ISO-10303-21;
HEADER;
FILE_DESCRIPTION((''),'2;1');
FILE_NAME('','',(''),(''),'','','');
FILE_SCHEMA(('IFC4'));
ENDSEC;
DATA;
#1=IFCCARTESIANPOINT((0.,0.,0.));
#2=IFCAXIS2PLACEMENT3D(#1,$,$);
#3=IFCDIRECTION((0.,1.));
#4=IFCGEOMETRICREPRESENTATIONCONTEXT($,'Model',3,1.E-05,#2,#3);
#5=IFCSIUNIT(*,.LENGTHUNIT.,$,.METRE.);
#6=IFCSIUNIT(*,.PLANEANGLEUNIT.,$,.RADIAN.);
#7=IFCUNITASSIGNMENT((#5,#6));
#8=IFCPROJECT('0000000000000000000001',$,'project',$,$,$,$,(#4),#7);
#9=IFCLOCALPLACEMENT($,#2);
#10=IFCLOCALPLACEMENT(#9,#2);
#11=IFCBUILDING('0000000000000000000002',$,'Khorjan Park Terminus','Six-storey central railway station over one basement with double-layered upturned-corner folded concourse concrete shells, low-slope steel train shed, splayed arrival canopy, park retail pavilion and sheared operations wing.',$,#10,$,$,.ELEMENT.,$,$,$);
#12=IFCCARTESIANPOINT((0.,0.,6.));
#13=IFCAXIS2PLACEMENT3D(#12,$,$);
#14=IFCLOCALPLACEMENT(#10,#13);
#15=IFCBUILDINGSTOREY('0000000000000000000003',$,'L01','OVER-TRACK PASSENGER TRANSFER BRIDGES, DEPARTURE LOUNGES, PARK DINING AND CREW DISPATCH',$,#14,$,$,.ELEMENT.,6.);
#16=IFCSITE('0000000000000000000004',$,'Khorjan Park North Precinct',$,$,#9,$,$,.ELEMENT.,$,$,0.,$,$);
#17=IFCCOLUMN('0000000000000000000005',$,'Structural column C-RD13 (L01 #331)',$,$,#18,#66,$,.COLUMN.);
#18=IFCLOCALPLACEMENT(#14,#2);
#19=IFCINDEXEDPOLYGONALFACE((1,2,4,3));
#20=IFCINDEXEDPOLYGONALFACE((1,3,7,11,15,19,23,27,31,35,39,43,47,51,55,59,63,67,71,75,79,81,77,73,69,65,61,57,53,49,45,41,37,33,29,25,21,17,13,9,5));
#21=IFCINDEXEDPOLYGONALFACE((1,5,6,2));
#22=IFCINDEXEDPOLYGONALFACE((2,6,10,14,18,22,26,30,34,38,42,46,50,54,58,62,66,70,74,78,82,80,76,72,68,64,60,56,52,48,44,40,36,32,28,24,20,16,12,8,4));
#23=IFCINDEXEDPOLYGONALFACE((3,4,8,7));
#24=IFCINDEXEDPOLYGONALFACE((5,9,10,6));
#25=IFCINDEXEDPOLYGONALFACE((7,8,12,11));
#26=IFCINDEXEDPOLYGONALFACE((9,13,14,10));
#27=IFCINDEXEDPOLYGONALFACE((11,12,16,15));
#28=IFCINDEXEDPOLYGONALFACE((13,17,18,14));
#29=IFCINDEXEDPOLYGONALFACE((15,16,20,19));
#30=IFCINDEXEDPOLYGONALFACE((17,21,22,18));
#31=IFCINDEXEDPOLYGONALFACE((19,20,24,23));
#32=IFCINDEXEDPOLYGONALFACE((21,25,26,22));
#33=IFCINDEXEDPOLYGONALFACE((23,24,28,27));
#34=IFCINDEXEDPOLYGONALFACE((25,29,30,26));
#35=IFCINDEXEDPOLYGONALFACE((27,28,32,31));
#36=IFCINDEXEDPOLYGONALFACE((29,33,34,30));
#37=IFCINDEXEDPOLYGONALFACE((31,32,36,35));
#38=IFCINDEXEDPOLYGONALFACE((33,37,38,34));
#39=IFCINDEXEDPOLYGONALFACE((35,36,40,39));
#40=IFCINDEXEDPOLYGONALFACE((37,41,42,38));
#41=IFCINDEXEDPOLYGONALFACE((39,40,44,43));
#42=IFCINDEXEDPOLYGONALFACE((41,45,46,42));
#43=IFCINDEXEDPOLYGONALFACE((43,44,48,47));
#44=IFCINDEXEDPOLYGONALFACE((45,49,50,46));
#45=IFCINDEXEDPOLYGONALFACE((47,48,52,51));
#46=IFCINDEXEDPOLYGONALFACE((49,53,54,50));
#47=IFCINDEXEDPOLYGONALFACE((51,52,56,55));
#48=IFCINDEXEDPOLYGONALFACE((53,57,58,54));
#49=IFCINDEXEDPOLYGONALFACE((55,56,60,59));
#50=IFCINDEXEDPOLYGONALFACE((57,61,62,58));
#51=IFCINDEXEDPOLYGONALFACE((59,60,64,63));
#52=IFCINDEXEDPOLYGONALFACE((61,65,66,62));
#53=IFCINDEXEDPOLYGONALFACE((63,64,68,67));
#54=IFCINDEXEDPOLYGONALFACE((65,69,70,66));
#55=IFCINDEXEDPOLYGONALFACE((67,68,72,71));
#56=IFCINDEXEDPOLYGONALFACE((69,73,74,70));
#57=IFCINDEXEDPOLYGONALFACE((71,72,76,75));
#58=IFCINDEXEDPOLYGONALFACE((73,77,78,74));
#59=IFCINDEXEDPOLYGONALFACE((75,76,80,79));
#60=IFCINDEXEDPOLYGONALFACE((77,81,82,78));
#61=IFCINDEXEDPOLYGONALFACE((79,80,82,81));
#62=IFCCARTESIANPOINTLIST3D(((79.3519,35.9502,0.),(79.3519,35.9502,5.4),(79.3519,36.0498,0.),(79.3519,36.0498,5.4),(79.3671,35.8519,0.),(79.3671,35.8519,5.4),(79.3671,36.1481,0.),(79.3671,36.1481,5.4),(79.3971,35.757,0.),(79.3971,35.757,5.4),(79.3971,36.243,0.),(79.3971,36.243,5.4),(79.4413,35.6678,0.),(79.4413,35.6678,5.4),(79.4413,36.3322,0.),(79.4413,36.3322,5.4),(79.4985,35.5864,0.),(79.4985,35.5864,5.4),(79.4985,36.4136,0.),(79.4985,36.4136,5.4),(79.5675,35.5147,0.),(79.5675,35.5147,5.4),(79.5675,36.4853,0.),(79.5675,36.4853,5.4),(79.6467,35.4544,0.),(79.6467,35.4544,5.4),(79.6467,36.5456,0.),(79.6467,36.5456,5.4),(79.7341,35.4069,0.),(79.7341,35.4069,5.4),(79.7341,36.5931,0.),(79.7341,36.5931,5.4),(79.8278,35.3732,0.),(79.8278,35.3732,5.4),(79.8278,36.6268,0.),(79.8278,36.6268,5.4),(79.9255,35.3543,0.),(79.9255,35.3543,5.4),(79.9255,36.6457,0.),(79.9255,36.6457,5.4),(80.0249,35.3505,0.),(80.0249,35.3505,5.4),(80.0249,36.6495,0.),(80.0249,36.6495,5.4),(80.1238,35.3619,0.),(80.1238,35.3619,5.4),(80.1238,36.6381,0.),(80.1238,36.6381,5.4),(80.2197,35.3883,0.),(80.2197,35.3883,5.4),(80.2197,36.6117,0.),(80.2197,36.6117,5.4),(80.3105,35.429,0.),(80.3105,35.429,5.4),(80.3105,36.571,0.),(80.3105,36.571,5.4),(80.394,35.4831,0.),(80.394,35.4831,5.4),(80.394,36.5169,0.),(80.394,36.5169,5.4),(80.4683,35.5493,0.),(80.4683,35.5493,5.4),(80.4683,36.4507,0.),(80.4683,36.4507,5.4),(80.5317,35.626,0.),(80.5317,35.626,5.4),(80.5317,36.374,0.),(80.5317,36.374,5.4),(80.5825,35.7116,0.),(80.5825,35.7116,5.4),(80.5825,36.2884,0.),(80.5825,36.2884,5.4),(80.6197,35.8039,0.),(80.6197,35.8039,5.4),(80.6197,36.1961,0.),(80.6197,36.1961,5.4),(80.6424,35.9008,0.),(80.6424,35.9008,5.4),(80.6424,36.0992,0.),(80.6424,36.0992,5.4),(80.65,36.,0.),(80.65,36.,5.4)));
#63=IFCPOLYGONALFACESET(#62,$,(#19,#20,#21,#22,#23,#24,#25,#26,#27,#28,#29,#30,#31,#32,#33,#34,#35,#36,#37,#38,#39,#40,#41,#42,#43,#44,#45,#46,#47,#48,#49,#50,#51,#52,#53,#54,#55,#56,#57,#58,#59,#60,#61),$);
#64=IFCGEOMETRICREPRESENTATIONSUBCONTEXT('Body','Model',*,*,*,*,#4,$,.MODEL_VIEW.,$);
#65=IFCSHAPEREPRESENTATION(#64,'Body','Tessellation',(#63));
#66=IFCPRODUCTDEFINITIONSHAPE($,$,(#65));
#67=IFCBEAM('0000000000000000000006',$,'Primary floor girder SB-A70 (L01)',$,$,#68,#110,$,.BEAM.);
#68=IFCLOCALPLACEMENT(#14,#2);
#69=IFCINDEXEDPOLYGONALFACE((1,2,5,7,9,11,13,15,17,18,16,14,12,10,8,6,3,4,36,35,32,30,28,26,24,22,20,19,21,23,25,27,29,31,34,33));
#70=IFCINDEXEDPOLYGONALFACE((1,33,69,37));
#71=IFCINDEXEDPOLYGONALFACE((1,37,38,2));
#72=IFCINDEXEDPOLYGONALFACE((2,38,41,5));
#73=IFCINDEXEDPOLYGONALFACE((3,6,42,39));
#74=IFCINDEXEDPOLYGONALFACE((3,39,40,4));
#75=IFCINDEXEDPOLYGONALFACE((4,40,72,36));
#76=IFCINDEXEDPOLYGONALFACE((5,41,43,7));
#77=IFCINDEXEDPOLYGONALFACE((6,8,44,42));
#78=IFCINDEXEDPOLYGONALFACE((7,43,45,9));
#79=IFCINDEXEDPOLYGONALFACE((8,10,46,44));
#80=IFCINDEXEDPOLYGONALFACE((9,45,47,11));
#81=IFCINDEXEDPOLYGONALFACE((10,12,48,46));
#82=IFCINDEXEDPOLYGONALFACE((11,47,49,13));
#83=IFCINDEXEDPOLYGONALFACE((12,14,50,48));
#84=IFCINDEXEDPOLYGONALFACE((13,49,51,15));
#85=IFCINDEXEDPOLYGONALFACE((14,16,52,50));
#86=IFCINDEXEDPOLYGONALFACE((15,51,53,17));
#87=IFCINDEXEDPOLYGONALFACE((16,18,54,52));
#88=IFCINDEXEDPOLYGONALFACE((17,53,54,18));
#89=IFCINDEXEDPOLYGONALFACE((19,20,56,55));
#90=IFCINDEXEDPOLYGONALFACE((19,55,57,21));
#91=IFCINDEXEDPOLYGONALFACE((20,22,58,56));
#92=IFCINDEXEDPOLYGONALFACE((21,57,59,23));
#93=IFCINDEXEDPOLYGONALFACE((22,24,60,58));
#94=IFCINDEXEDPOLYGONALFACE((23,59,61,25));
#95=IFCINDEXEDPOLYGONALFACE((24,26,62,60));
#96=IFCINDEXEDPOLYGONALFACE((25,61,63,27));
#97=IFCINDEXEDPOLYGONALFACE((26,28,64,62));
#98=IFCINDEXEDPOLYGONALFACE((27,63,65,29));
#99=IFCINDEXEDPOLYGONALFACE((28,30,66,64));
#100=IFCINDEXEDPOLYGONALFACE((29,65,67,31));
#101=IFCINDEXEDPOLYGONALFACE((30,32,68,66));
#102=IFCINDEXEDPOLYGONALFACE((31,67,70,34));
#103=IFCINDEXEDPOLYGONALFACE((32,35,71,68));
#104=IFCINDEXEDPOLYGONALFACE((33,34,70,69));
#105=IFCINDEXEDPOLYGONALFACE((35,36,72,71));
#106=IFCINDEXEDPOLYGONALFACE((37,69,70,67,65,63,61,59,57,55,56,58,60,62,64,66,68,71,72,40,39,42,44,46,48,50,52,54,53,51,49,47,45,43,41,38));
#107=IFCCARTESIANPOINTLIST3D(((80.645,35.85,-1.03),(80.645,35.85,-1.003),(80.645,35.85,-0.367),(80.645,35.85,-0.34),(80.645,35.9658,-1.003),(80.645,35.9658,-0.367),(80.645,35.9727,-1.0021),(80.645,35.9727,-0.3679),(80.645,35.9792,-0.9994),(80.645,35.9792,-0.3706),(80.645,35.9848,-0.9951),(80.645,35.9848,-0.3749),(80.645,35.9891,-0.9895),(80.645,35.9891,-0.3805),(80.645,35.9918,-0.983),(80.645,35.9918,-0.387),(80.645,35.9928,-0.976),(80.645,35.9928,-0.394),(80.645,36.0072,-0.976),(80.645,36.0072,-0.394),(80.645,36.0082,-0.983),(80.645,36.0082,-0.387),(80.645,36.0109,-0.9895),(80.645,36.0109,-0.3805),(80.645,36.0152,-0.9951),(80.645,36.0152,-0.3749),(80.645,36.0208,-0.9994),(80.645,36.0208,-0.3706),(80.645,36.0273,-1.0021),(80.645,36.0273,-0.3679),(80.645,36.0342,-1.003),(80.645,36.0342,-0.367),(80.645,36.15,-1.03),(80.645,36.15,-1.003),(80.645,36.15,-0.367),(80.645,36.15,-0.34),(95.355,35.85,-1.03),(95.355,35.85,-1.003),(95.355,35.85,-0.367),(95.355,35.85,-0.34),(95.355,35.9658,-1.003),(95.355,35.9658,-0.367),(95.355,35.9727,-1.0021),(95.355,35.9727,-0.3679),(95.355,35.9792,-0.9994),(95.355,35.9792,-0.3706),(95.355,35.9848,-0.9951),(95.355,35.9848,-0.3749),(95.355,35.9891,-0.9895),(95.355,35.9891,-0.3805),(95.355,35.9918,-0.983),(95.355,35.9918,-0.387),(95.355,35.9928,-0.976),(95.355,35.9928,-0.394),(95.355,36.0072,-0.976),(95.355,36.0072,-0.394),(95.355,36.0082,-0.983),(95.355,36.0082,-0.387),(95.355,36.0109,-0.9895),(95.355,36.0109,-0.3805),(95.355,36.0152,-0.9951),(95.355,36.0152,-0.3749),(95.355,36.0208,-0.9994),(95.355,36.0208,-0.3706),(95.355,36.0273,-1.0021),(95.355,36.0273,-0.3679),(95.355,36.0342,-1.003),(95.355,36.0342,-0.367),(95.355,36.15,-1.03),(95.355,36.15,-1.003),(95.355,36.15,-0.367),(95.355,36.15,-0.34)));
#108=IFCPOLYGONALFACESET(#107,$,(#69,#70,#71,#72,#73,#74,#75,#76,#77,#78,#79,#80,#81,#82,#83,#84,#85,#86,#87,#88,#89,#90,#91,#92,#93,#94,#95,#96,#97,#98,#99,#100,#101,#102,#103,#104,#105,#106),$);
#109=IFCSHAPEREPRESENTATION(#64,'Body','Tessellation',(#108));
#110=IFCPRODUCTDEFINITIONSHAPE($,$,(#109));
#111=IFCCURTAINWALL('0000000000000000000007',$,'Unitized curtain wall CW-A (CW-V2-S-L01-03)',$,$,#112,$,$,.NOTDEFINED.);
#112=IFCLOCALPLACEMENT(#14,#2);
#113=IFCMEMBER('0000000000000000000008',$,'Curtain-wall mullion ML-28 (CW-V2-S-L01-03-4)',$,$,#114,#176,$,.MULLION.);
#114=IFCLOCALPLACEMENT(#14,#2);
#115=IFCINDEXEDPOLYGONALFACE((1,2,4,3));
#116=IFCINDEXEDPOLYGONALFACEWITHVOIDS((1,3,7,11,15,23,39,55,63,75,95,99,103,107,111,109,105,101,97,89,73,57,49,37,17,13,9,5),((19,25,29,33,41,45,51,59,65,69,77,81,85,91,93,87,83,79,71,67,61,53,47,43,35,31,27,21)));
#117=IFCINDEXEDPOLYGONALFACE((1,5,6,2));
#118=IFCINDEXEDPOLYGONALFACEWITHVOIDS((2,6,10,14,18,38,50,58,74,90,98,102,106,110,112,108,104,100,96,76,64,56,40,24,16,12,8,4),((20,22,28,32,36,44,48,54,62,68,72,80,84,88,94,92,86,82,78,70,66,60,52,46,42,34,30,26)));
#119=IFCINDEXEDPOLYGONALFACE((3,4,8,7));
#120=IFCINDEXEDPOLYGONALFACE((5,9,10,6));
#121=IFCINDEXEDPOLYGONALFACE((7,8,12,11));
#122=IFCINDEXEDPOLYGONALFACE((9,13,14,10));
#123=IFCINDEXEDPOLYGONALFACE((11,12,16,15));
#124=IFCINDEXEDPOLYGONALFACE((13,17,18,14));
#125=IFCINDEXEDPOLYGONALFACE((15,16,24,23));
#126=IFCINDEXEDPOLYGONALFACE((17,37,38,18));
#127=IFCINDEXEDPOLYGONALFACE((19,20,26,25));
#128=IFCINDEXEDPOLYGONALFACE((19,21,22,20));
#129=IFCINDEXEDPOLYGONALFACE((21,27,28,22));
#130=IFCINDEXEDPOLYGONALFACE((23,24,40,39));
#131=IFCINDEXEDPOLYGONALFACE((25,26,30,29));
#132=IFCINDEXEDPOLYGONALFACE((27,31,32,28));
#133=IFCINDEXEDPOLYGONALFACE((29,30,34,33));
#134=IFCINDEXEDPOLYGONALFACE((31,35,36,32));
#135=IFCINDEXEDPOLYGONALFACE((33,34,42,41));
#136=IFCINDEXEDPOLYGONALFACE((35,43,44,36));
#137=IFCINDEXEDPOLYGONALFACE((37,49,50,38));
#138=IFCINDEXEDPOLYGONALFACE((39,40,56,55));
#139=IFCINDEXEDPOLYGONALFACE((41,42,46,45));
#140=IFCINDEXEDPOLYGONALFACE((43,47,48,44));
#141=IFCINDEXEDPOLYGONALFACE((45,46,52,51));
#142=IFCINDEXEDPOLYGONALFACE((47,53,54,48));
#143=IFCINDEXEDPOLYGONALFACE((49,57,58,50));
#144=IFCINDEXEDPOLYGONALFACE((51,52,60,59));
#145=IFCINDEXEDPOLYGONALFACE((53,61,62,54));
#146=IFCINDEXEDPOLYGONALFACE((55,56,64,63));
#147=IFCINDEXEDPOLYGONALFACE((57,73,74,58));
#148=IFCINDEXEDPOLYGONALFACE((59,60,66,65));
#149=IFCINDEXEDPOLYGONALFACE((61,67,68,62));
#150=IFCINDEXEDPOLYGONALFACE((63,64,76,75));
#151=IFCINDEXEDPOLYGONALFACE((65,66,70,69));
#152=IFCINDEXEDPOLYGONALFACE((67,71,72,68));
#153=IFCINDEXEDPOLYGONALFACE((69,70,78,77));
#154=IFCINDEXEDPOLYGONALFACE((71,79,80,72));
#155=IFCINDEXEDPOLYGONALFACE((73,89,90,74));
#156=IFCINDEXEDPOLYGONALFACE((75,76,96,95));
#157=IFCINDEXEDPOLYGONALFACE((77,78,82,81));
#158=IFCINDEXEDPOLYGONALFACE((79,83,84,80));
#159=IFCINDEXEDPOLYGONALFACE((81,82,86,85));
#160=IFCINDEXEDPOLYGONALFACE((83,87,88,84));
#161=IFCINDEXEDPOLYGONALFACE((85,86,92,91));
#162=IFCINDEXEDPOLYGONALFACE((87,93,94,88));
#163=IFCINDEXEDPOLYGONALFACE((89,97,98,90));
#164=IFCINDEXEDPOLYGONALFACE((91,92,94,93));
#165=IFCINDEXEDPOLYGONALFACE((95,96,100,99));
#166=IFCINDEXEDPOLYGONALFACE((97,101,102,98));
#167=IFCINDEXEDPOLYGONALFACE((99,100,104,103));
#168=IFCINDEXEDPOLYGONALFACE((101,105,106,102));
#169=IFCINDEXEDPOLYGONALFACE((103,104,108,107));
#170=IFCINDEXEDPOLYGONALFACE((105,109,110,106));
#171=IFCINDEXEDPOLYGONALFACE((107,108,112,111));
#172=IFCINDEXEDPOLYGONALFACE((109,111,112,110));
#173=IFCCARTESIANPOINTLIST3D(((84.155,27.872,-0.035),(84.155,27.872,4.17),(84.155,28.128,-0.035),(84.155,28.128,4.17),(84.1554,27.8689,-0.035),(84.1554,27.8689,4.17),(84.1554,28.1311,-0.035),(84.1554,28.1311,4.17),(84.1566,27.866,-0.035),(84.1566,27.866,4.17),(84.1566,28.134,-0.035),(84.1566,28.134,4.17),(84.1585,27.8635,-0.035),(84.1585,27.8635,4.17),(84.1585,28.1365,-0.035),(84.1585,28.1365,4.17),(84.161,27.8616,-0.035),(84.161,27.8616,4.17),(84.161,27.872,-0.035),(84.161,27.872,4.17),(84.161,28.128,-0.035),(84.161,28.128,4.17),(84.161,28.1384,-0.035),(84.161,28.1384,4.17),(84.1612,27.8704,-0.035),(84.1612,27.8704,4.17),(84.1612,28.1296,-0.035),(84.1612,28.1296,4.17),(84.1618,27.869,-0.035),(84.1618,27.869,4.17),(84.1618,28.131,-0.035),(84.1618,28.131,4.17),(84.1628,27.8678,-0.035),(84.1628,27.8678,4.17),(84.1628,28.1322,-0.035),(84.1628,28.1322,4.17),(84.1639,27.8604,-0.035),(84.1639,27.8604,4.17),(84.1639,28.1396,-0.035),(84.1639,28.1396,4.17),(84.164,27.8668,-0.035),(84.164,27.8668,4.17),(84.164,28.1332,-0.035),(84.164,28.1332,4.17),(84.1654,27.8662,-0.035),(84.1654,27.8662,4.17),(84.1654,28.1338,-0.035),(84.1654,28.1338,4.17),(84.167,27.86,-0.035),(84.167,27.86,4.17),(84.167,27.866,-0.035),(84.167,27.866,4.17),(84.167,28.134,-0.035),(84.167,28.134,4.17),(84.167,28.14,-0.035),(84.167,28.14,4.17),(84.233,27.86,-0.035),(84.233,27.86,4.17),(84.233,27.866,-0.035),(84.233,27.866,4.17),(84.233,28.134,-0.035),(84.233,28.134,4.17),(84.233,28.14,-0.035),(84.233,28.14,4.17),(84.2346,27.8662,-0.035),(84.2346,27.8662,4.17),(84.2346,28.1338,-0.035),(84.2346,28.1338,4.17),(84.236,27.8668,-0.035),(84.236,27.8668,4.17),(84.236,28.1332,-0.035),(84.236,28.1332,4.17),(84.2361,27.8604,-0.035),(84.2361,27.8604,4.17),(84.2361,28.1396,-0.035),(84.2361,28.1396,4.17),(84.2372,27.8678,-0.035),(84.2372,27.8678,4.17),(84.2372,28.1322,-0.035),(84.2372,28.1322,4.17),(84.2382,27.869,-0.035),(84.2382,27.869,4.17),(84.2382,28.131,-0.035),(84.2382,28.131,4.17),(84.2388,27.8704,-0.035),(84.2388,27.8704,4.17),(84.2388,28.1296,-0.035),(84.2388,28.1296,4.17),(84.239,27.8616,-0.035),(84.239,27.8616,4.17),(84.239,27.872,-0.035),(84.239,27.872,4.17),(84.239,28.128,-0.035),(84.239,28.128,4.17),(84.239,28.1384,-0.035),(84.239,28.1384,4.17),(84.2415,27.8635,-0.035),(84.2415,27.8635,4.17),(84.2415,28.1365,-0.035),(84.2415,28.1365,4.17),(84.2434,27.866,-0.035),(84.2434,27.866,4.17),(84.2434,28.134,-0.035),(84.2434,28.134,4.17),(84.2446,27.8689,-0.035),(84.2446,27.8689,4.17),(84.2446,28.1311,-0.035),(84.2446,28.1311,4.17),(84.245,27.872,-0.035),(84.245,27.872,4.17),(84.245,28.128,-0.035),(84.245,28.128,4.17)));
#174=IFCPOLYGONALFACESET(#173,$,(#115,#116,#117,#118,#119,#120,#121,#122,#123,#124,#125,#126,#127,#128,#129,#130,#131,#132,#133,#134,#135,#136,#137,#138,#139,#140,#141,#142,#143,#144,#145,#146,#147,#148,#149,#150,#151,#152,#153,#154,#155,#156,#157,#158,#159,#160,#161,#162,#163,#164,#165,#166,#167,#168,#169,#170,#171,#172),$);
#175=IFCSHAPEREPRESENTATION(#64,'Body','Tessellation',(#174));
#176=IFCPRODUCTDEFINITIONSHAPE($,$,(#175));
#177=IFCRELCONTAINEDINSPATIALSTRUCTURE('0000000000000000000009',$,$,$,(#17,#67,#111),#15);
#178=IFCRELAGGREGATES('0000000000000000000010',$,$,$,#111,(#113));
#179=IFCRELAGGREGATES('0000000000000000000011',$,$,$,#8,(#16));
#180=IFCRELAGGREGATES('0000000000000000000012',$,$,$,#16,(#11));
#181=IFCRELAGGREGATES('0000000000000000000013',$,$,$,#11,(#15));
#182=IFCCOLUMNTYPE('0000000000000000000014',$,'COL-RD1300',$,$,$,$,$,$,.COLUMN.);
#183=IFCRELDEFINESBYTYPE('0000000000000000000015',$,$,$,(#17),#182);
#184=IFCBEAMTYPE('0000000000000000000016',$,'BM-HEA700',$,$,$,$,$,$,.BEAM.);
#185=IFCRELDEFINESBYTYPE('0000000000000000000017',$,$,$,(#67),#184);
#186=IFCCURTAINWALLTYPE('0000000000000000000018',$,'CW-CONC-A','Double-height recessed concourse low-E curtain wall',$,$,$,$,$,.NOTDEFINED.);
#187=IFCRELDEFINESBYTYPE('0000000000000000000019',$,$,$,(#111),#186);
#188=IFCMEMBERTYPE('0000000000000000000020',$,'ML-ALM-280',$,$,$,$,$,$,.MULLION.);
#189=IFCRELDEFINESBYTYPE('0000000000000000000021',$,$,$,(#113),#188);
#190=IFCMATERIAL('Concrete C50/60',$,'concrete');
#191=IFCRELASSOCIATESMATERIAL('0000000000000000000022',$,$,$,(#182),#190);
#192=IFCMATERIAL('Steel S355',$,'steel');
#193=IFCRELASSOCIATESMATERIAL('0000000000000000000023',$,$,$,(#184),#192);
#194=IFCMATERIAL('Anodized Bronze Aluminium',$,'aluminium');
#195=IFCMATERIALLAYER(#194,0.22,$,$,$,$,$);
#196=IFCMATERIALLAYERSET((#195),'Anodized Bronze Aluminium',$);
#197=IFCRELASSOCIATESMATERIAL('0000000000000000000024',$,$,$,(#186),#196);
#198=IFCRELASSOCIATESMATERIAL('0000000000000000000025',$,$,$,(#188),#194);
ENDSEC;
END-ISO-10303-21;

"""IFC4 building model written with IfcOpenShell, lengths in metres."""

from ifc_helpers import new_model, si_unit, direction, frame, origin, origin_2d, place, context, subcontext, project, spatial, hollow_rectangle, circle, i_section, extrude, material, layer, layer_set, material_profile, profile_set, type_object, element, aggregate, save


model = new_model("IFC4")

# Units and contexts
model_context = context("Model", 3, precision=1e-05, world=origin(), true_north=direction((0.0, 1.0)))
body_context = subcontext(model_context, "Body", "Model", "MODEL_VIEW")
ifc_project = project(units=[si_unit("LENGTHUNIT", "METRE"), si_unit("PLANEANGLEUNIT", "RADIAN")], contexts=[model_context])

# Site, building, storey
site_placement = place(None, origin())
site = spatial("IfcSite", under=ifc_project, at=site_placement, Name="Khorjan Park North Precinct", CompositionType="ELEMENT", RefElevation=0.0)
building_placement = place(site_placement, origin())
building = spatial("IfcBuilding", under=site, at=building_placement, Name="Khorjan Park Terminus", Description="Six-storey central railway station over one basement with double-layered upturned-corner folded concourse concrete shells, low-slope steel train shed, splayed arrival canopy, park retail pavilion and sheared operations wing.", CompositionType="ELEMENT")
storey_placement = place(building_placement, frame((0.0, 0.0, 6.0)))
storey = spatial("IfcBuildingStorey", under=building, at=storey_placement, Name="L01", Description="OVER-TRACK PASSENGER TRANSFER BRIDGES, DEPARTURE LOUNGES, PARK DINING AND CREW DISPATCH", CompositionType="ELEMENT", Elevation=6.0)

# Column
ifc_material_1 = material(Name="Concrete C50/60", Category="concrete")
ifc_material_profile_1 = material_profile(ifc_material_1, circle(Radius=0.65, at=origin_2d()), Name="RC D1300")
ifc_profile_set_1 = profile_set([ifc_material_profile_1], Name="Concrete C50/60")
column_type = type_object("IfcColumnType", Name="COL-RD1300", PredefinedType="COLUMN", material=ifc_profile_set_1)
column_placement = place(storey_placement, frame((80.0, 36.0, 0.0), z_axis=(0.0, 0.0, 1.0), x_axis=(1.0, 0.0, 0.0)))
element("IfcColumn", 1, at=column_placement, inside=storey, type_object=column_type, Name="Structural column C-RD13 (L01 #331)", PredefinedType="COLUMN", context=body_context, shape_type="SweptSolid", body=[
    extrude(circle(Radius=0.65, at=origin_2d()), origin(), (0.0, 0.0, 1.0), 5.4),
])

# Beam
ifc_material_2 = material(Name="Steel S355", Category="steel")
ifc_material_profile_2 = material_profile(ifc_material_2, i_section(OverallWidth=0.3, OverallDepth=0.69, WebThickness=0.0145, FlangeThickness=0.027, FilletRadius=0.027, at=origin_2d()), Name="HEA 700")
ifc_profile_set_2 = profile_set([ifc_material_profile_2], Name="Steel S355")
beam_type = type_object("IfcBeamType", Name="BM-HEA700", PredefinedType="BEAM", material=ifc_profile_set_2)
beam_placement = place(storey_placement, frame((80.645, 36.0, -0.685), z_axis=(1.0, 0.0, 0.0), x_axis=(0.0, 1.0, 0.0)))
element("IfcBeam", 2, at=beam_placement, inside=storey, type_object=beam_type, Name="Primary floor girder SB-A70 (L01)", PredefinedType="BEAM", context=body_context, shape_type="SweptSolid", body=[
    extrude(i_section(OverallWidth=0.3, OverallDepth=0.69, WebThickness=0.0145, FlangeThickness=0.027, FilletRadius=0.027, at=origin_2d()), origin(), (0.0, 0.0, 1.0), 14.71),
])

# Curtain wall, member
ifc_material_3 = material(Name="Anodized Bronze Aluminium", Category="aluminium")
ifc_layer_1 = layer(ifc_material_3, 0.22)
ifc_layer_set_1 = layer_set([ifc_layer_1], Name="Anodized Bronze Aluminium")
curtain_wall_type = type_object("IfcCurtainWallType", Name="CW-CONC-A", Description="Double-height recessed concourse low-E curtain wall", PredefinedType="NOTDEFINED", material=ifc_layer_set_1)
curtain_wall_1_placement = place(storey_placement, origin())
curtain_wall_1 = element("IfcCurtainWall", 3, at=curtain_wall_1_placement, inside=storey, type_object=curtain_wall_type, Name="Unitized curtain wall CW-A (CW-V2-S-L01-03)", PredefinedType="NOTDEFINED")
ifc_material_profile_3 = material_profile(ifc_material_3, hollow_rectangle(XDim=0.09, YDim=0.28, WallThickness=0.006, InnerFilletRadius=0.006, OuterFilletRadius=0.012, at=origin_2d()), Name="ALM 90x280x6")
ifc_profile_set_3 = profile_set([ifc_material_profile_3], Name="Anodized Bronze Aluminium")
member_type_1 = type_object("IfcMemberType", Name="ML-ALM-280", PredefinedType="MULLION", material=ifc_profile_set_3)
member_1_placement = place(storey_placement, frame((84.2, 28.0, -0.035), z_axis=(0.0, 0.0, 1.0), x_axis=(1.0, 0.0, 0.0)))
member_1 = element("IfcMember", 4, at=member_1_placement, type_object=member_type_1, Name="Curtain-wall mullion ML-28 (CW-V2-S-L01-03-4)", PredefinedType="MULLION", context=body_context, shape_type="SweptSolid", body=[
    extrude(hollow_rectangle(XDim=0.09, YDim=0.28, WallThickness=0.006, InnerFilletRadius=0.006, OuterFilletRadius=0.012, at=origin_2d()), origin(), (0.0, 0.0, 1.0), 4.205),
])

aggregate(curtain_wall_1, [member_1])

save(model, "model.ifc")
